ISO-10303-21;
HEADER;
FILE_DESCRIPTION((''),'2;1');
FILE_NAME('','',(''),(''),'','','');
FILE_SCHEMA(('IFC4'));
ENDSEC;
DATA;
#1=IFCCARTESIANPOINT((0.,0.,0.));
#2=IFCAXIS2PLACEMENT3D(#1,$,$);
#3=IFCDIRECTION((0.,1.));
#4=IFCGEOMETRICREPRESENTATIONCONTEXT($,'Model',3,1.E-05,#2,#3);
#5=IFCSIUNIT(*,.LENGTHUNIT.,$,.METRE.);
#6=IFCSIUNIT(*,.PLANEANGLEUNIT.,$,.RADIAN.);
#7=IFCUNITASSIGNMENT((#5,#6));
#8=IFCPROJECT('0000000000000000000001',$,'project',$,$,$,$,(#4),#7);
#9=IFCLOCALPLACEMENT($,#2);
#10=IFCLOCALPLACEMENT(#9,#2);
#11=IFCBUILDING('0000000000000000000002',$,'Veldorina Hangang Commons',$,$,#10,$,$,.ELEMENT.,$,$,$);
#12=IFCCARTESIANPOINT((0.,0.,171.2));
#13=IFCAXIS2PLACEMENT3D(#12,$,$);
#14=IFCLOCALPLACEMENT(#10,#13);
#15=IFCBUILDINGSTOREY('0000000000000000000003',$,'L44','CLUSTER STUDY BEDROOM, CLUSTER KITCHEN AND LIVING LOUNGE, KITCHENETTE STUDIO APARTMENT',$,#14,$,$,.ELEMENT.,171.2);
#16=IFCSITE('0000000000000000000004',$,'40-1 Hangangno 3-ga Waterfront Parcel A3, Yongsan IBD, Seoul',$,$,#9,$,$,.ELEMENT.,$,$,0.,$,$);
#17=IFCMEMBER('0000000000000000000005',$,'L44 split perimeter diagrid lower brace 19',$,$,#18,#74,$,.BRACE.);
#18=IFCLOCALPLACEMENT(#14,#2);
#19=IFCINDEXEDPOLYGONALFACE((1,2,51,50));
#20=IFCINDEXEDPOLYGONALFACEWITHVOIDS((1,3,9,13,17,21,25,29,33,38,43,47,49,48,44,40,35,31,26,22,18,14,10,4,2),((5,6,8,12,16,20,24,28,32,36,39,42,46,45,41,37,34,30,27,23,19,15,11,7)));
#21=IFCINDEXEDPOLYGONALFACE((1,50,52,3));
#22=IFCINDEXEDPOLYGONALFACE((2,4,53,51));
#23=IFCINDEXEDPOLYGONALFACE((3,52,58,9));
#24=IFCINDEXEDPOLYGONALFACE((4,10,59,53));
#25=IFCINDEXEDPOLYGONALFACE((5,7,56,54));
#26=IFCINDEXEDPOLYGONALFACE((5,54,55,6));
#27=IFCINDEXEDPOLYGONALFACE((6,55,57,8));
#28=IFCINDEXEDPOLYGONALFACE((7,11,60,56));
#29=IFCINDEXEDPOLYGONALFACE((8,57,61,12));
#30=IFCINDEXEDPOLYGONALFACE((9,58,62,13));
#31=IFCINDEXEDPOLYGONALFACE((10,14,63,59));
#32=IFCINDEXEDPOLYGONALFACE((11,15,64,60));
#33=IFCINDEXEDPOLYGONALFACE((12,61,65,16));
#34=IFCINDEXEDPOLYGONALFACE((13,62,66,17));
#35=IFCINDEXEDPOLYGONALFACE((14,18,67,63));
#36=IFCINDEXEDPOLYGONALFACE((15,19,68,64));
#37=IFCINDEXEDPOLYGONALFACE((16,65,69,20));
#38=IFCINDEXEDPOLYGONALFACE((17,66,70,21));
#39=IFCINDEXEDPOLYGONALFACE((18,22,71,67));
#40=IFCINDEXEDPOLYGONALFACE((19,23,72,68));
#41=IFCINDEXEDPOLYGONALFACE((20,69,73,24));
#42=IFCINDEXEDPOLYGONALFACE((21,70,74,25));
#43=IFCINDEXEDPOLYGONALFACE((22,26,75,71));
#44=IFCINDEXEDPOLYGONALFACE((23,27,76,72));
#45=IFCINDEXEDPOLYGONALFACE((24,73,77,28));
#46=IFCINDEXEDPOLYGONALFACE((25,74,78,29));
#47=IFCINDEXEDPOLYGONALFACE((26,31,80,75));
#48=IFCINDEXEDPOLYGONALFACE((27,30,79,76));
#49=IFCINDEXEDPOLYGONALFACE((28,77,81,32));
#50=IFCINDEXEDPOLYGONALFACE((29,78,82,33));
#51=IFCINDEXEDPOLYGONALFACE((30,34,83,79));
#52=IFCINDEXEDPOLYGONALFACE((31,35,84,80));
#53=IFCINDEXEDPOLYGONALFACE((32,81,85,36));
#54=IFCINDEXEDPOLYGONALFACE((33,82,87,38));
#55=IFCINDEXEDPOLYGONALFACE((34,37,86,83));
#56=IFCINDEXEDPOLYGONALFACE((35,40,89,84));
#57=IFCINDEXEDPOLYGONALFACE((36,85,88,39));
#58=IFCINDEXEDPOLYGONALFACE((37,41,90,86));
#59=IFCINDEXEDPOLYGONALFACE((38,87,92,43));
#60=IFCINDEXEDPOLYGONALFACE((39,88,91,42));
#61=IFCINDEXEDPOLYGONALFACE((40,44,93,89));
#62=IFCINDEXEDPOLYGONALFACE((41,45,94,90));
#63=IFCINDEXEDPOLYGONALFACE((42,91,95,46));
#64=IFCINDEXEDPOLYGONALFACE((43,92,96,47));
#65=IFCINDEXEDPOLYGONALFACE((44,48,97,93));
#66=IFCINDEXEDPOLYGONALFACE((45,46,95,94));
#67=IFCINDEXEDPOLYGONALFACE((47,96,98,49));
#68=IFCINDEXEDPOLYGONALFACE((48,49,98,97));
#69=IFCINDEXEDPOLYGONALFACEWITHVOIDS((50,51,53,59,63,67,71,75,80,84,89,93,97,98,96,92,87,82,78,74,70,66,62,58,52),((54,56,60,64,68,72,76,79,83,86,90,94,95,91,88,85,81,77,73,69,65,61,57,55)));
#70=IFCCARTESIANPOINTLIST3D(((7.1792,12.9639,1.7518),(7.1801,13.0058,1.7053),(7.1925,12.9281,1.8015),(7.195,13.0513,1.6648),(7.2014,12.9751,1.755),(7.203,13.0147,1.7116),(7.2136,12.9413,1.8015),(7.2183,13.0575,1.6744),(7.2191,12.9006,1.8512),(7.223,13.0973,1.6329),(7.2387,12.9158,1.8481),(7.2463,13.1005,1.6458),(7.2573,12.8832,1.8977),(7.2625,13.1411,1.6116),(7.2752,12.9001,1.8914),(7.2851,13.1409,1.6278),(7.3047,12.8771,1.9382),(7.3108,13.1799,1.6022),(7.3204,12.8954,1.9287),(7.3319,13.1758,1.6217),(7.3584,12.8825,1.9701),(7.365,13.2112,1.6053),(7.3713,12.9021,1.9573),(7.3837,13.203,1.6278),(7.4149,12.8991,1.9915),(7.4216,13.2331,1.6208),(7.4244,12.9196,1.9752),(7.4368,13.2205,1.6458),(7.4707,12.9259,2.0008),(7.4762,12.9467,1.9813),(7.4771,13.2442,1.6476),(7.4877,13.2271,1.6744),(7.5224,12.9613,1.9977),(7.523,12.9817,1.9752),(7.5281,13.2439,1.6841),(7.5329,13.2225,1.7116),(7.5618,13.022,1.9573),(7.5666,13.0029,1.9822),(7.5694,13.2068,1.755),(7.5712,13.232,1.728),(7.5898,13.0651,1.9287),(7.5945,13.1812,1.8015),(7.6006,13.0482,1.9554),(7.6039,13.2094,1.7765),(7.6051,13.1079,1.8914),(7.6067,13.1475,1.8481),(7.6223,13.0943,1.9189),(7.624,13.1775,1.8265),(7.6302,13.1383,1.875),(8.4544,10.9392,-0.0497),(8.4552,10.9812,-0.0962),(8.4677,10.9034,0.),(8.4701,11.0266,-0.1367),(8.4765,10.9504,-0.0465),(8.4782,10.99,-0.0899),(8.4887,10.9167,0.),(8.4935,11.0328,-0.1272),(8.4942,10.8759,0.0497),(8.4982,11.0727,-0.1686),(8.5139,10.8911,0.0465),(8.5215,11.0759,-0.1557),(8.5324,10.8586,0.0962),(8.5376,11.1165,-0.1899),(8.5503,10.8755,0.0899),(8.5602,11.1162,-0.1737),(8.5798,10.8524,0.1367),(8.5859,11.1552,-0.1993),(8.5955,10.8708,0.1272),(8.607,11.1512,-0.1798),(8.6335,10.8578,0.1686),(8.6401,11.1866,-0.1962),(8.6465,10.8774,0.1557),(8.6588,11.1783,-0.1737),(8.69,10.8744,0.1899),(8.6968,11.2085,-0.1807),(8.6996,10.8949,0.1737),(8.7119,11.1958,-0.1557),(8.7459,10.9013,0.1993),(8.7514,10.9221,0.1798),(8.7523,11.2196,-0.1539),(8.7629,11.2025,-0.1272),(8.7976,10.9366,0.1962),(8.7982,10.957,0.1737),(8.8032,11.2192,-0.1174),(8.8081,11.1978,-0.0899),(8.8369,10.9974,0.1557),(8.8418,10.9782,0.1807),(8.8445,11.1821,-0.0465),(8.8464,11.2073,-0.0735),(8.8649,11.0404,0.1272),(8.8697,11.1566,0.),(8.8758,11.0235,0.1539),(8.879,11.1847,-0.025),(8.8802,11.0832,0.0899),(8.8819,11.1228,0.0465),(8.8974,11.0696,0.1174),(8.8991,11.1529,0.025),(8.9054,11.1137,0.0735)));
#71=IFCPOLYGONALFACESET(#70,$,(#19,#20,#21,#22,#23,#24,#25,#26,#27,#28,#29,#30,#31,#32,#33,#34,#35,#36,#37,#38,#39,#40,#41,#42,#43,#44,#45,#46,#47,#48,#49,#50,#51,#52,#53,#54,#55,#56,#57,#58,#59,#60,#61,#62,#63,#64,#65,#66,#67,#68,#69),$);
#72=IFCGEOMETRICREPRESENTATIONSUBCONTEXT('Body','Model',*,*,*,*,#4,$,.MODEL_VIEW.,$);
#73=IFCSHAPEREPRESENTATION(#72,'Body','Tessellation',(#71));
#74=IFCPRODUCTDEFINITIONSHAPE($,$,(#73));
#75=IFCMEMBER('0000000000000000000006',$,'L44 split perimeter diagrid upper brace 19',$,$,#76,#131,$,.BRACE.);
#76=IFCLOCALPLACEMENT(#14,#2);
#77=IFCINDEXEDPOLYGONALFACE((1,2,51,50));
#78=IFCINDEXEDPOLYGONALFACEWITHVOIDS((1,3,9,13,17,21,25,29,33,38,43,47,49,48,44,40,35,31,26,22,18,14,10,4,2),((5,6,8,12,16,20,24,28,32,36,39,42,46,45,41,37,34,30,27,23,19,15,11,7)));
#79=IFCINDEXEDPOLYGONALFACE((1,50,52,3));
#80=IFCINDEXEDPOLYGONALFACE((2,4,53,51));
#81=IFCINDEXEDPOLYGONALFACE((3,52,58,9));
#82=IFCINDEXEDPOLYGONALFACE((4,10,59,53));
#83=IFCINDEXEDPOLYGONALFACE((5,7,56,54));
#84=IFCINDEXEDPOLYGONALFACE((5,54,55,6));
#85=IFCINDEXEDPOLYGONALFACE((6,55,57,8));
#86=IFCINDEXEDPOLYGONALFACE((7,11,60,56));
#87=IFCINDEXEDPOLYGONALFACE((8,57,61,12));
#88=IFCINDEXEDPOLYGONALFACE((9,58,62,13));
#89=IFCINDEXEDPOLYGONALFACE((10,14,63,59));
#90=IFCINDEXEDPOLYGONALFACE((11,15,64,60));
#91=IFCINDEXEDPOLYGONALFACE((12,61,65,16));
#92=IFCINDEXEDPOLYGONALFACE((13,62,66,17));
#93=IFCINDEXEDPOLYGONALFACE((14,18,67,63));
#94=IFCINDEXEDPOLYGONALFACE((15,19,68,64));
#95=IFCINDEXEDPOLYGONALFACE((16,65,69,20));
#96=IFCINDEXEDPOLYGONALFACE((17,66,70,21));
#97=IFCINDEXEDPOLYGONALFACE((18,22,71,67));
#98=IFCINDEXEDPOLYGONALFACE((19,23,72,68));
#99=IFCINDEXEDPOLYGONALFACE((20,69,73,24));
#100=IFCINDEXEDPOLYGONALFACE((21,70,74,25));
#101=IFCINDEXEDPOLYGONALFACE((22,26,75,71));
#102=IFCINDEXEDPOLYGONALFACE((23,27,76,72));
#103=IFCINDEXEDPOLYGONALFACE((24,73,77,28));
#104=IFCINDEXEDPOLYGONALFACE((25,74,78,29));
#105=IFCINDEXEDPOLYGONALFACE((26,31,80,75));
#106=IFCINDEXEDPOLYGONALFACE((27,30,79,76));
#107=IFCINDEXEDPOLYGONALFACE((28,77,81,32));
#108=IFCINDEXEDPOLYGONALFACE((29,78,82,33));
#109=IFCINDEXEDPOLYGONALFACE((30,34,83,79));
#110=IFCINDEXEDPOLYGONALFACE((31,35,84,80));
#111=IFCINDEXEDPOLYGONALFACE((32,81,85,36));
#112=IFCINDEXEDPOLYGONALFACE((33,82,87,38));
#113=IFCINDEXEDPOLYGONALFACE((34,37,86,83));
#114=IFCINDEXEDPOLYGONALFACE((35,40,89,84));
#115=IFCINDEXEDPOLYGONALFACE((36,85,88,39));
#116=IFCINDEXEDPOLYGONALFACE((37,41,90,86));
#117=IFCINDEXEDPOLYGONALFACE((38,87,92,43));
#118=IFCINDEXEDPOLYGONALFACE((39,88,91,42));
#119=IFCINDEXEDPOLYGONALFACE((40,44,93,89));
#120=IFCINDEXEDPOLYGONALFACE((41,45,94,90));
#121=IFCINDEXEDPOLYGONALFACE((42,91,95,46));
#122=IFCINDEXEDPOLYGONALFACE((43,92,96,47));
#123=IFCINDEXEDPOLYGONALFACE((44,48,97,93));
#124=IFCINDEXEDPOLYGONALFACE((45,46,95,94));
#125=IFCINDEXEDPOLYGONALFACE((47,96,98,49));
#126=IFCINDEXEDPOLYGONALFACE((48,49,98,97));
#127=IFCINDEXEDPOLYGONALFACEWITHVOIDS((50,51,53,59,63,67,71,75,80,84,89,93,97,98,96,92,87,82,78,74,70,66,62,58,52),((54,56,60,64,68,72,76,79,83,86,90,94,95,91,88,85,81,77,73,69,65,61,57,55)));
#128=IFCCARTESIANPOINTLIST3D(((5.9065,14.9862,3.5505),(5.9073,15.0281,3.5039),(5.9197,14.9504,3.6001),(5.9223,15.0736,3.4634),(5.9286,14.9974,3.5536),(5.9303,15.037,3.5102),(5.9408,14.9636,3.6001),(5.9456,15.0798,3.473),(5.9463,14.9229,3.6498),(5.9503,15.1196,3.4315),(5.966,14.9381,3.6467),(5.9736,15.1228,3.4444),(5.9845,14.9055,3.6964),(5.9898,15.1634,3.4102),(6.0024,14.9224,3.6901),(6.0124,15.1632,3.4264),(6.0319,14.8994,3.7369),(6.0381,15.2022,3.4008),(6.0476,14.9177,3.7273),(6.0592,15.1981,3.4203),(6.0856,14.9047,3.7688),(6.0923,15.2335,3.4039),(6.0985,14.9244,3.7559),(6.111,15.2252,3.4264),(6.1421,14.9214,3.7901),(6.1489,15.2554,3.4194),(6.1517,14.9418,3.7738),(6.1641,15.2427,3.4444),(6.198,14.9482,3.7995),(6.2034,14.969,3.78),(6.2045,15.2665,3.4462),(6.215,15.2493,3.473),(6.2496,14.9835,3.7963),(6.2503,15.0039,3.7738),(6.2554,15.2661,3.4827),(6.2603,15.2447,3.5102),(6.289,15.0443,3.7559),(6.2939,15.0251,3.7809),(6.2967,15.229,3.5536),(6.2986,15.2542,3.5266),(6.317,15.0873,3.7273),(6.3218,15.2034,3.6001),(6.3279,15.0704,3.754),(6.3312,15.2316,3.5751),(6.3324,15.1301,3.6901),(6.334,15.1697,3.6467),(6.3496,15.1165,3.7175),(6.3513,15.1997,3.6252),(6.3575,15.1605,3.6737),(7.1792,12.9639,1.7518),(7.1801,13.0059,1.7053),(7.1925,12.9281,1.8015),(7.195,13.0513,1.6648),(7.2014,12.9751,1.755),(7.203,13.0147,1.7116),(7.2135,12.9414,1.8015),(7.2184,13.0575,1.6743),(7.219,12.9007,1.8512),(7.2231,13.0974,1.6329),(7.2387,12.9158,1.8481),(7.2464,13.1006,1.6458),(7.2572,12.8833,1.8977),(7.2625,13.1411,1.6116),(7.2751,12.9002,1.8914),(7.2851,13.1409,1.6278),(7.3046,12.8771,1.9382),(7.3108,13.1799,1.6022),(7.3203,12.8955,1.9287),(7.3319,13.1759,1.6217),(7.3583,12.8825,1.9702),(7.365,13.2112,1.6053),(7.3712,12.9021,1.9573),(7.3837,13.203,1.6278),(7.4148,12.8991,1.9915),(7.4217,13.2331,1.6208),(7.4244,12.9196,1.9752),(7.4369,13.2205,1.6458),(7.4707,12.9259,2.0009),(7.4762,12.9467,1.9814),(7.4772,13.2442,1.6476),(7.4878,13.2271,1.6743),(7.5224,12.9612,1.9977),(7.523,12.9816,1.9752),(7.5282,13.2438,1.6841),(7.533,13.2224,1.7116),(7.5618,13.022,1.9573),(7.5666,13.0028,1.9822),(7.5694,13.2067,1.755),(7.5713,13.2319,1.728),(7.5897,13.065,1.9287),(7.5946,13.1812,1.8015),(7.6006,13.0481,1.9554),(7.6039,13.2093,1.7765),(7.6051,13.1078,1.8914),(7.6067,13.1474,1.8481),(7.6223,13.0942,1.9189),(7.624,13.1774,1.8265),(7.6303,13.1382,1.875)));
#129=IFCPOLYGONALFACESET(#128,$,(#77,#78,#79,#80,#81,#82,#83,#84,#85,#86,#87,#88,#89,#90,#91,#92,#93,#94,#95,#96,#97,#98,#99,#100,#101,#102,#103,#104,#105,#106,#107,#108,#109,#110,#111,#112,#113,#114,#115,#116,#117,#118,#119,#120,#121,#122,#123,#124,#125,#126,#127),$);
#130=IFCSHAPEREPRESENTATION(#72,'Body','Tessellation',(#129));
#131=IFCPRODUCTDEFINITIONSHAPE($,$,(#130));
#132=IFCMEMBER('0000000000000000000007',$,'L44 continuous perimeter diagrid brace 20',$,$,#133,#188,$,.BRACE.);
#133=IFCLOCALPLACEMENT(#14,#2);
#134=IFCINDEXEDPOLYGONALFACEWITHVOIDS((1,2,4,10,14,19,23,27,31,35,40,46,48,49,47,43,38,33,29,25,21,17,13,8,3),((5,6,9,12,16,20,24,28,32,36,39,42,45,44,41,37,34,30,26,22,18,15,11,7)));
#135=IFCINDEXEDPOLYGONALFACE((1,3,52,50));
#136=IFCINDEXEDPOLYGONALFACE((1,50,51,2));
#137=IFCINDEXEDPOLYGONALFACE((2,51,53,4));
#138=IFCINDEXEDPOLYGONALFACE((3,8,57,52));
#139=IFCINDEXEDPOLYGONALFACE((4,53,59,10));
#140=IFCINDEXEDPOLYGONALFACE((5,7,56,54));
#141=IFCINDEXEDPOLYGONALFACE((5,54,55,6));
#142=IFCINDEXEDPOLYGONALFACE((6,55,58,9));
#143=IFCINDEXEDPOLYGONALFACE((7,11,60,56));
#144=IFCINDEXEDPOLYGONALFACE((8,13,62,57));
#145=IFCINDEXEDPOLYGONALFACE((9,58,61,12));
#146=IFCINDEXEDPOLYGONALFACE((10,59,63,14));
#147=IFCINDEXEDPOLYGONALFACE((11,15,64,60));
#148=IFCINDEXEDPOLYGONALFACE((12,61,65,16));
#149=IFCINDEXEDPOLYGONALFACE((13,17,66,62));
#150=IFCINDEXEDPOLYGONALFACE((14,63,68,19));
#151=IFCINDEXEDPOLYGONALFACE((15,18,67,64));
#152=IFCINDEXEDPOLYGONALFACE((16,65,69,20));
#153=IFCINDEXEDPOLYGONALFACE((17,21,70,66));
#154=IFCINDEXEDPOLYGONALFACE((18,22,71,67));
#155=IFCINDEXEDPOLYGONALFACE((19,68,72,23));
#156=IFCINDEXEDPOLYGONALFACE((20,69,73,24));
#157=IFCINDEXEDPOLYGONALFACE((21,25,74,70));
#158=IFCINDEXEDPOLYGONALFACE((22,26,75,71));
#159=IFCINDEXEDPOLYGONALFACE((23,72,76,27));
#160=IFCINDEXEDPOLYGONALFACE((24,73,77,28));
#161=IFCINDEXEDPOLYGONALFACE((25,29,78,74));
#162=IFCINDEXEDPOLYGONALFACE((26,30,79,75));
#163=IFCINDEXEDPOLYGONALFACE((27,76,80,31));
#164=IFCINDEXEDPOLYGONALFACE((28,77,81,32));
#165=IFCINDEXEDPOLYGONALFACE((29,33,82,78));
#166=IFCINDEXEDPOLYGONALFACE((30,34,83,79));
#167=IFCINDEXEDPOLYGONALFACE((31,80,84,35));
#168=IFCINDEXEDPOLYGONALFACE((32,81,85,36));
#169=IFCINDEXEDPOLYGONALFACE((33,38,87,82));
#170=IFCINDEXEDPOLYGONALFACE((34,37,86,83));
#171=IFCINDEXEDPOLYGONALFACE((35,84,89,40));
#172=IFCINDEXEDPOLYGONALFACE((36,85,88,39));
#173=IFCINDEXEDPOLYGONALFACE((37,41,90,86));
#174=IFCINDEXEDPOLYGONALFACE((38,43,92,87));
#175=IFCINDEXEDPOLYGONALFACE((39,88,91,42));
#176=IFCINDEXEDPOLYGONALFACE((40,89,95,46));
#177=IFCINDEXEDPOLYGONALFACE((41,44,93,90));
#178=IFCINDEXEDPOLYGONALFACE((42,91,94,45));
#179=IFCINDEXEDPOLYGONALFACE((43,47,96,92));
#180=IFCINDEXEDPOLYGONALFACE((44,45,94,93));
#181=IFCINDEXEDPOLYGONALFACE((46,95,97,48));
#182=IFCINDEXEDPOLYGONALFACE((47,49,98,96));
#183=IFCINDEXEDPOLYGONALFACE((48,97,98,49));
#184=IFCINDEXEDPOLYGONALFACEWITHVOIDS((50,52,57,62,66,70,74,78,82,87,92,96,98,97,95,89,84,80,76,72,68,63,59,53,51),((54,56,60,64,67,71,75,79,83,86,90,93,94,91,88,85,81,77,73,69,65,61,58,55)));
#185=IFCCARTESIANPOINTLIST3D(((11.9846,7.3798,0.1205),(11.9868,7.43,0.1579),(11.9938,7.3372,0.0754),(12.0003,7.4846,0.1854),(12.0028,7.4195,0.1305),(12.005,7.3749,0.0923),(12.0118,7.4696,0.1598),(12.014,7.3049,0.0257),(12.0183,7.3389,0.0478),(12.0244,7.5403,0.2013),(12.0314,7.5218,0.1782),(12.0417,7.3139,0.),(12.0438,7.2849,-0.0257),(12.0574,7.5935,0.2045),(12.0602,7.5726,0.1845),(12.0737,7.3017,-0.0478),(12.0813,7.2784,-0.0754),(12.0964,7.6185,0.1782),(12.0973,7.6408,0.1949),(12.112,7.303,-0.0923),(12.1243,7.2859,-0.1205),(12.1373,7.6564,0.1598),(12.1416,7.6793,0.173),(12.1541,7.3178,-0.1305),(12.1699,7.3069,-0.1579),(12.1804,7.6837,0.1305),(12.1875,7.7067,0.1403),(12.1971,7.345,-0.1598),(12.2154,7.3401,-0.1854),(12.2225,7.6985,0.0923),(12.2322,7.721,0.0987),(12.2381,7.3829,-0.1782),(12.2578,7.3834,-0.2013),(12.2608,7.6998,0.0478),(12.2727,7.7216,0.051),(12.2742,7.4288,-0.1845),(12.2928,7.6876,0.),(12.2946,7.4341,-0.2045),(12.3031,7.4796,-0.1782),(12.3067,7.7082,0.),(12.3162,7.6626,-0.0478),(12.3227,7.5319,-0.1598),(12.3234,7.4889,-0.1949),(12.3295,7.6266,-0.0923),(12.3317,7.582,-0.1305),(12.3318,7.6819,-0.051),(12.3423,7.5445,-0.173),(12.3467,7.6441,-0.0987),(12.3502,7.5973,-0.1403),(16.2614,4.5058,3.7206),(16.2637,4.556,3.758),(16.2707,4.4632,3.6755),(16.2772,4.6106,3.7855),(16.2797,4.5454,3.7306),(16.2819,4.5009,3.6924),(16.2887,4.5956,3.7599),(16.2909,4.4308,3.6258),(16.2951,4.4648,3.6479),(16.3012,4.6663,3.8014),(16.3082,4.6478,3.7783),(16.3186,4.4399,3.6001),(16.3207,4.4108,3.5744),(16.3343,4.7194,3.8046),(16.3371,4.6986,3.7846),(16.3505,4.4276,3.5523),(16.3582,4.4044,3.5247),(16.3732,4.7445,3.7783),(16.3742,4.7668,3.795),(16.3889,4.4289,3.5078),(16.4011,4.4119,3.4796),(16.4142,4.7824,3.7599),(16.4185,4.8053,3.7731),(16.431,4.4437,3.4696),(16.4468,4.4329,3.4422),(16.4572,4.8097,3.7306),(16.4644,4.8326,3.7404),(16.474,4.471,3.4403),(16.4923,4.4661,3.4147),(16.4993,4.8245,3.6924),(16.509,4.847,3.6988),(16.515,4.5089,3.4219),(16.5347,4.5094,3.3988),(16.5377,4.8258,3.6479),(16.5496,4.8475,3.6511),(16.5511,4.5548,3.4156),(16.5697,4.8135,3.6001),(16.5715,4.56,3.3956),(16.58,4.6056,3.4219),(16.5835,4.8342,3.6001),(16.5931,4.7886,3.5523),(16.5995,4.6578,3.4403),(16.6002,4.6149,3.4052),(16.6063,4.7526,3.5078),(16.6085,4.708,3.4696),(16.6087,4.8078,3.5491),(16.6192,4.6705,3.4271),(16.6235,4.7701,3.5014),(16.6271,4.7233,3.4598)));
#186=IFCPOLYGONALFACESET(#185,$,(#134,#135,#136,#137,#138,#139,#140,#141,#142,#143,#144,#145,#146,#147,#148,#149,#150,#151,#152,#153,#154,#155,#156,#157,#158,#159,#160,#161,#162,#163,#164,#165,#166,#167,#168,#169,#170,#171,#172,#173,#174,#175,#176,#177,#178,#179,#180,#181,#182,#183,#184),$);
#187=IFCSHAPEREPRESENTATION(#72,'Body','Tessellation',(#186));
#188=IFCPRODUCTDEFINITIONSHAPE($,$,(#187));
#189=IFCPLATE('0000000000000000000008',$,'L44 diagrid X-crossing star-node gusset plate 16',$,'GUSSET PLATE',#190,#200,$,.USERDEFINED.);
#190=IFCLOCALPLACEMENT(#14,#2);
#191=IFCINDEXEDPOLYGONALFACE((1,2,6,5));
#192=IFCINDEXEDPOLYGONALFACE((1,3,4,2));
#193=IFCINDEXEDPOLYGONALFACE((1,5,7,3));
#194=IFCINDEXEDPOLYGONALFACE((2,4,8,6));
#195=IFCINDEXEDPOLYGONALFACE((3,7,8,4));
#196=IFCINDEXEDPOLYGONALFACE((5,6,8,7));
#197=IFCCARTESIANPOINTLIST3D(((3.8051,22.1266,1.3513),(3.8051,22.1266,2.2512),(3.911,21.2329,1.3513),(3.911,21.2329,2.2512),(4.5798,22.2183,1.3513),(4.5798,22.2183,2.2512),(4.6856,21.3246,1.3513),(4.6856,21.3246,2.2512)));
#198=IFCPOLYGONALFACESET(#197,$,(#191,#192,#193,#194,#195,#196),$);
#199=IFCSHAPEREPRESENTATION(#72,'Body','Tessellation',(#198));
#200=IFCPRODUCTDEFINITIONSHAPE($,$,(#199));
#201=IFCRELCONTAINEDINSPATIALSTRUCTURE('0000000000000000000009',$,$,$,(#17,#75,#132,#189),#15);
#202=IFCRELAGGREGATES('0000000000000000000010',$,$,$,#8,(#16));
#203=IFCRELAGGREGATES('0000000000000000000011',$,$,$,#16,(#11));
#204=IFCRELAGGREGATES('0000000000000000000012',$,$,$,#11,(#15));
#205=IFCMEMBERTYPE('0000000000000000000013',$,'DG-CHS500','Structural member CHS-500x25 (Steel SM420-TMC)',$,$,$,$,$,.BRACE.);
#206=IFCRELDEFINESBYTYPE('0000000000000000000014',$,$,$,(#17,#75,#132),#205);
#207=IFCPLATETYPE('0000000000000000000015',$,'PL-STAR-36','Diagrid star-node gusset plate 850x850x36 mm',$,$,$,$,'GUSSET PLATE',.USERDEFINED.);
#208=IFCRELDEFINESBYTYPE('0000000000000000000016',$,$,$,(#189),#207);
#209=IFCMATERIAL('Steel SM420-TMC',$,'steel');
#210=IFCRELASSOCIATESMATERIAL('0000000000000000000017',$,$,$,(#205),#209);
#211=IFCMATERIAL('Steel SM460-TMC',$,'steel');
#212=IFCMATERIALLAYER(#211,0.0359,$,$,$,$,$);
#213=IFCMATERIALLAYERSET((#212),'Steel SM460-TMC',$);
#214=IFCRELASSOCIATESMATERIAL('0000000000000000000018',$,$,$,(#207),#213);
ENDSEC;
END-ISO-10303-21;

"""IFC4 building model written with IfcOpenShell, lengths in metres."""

from ifc_helpers import new_model, si_unit, direction, frame, origin, origin_2d, place, context, subcontext, project, spatial, rectangle, hollow_circle, extrude, material, layer, layer_set, material_profile, profile_set, type_object, element, save


model = new_model("IFC4")

# Units and contexts
model_context = context("Model", 3, precision=1e-05, world=origin(), true_north=direction((0.0, 1.0)))
body_context = subcontext(model_context, "Body", "Model", "MODEL_VIEW")
ifc_project = project(units=[si_unit("LENGTHUNIT", "METRE"), si_unit("PLANEANGLEUNIT", "RADIAN")], contexts=[model_context])

# Site, building, storey
site_placement = place(None, origin())
site = spatial("IfcSite", under=ifc_project, at=site_placement, Name="40-1 Hangangno 3-ga Waterfront Parcel A3, Yongsan IBD, Seoul", CompositionType="ELEMENT", RefElevation=0.0)
building_placement = place(site_placement, origin())
building = spatial("IfcBuilding", under=site, at=building_placement, Name="Veldorina Hangang Commons", CompositionType="ELEMENT")
storey_placement = place(building_placement, frame((0.0, 0.0, 171.2)))
storey = spatial("IfcBuildingStorey", under=building, at=storey_placement, Name="L44", Description="CLUSTER STUDY BEDROOM, CLUSTER KITCHEN AND LIVING LOUNGE, KITCHENETTE STUDIO APARTMENT", CompositionType="ELEMENT", Elevation=171.2)

# Shared definitions
ifc_material_1 = material(Name="Steel SM420-TMC", Category="steel")

# Members
ifc_material_profile_1 = material_profile(ifc_material_1, hollow_circle(Radius=0.25, WallThickness=0.0249, at=origin_2d()), Name="CHS-500x25")
ifc_profile_set_1 = profile_set([ifc_material_profile_1], Name="Steel SM420-TMC")
member_type = type_object("IfcMemberType", Name="DG-CHS500", Description="Structural member CHS-500x25 (Steel SM420-TMC)", PredefinedType="BRACE", material=ifc_profile_set_1)
member_1_placement = place(storey_placement, frame((8.6792, 11.0366, 0.0), z_axis=(-0.425743, 0.675988, 0.601485), x_axis=(-0.846165, -0.532922, 0.0)))
element("IfcMember", 1, at=member_1_placement, inside=storey, type_object=member_type, Name="L44 split perimeter diagrid lower brace 19", PredefinedType="BRACE", context=body_context, shape_type="SweptSolid", body=[
    extrude(hollow_circle(Radius=0.25, WallThickness=0.0249, at=origin_2d()), origin(), (0.0, 0.0, 1.0), 2.9951),
])
member_2_placement = place(storey_placement, frame((7.4041, 13.0613, 1.8015), z_axis=(-0.42556, 0.676178, 0.6014), x_axis=(-0.846335, -0.532651, 0.0)))
element("IfcMember", 2, at=member_2_placement, inside=storey, type_object=member_type, Name="L44 split perimeter diagrid upper brace 19", PredefinedType="BRACE", context=body_context, shape_type="SweptSolid", body=[
    extrude(hollow_circle(Radius=0.25, WallThickness=0.0249, at=origin_2d()), origin(), (0.0, 0.0, 1.0), 2.9907),
])
member_3_placement = place(storey_placement, frame((12.1672, 7.5007, 0.0), z_axis=(0.680392, -0.457219, 0.572728), x_axis=(0.557758, 0.830004, 0.0)))
element("IfcMember", 3, at=member_3_placement, inside=storey, type_object=member_type, Name="L44 continuous perimeter diagrid brace 20", PredefinedType="BRACE", context=body_context, shape_type="SweptSolid", body=[
    extrude(hollow_circle(Radius=0.25, WallThickness=0.0249, at=origin_2d()), origin(), (0.0, 0.0, 1.0), 6.2859),
])

# Plate
ifc_material_2 = material(Name="Steel SM460-TMC", Category="steel")
ifc_layer_1 = layer(ifc_material_2, 0.0359)
ifc_layer_set_1 = layer_set([ifc_layer_1], Name="Steel SM460-TMC")
plate_type = type_object("IfcPlateType", Name="PL-STAR-36", Description="Diagrid star-node gusset plate 850x850x36 mm", ElementType="GUSSET PLATE", PredefinedType="USERDEFINED", material=ifc_layer_set_1)
plate_1_placement = place(storey_placement, frame((4.2454, 21.7256, 1.3513), z_axis=(0.0, 0.0, 1.0), x_axis=(0.117572, -0.993064, 0.0)))
element("IfcPlate", 4, at=plate_1_placement, inside=storey, type_object=plate_type, Name="L44 diagrid X-crossing star-node gusset plate 16", ObjectType="GUSSET PLATE", PredefinedType="USERDEFINED", context=body_context, shape_type="SweptSolid", body=[
    extrude(rectangle(XDim=0.8999, YDim=0.78, at=origin_2d()), origin(), (0.0, 0.0, 1.0), 0.8999),
])

save(model, "model.ifc")
